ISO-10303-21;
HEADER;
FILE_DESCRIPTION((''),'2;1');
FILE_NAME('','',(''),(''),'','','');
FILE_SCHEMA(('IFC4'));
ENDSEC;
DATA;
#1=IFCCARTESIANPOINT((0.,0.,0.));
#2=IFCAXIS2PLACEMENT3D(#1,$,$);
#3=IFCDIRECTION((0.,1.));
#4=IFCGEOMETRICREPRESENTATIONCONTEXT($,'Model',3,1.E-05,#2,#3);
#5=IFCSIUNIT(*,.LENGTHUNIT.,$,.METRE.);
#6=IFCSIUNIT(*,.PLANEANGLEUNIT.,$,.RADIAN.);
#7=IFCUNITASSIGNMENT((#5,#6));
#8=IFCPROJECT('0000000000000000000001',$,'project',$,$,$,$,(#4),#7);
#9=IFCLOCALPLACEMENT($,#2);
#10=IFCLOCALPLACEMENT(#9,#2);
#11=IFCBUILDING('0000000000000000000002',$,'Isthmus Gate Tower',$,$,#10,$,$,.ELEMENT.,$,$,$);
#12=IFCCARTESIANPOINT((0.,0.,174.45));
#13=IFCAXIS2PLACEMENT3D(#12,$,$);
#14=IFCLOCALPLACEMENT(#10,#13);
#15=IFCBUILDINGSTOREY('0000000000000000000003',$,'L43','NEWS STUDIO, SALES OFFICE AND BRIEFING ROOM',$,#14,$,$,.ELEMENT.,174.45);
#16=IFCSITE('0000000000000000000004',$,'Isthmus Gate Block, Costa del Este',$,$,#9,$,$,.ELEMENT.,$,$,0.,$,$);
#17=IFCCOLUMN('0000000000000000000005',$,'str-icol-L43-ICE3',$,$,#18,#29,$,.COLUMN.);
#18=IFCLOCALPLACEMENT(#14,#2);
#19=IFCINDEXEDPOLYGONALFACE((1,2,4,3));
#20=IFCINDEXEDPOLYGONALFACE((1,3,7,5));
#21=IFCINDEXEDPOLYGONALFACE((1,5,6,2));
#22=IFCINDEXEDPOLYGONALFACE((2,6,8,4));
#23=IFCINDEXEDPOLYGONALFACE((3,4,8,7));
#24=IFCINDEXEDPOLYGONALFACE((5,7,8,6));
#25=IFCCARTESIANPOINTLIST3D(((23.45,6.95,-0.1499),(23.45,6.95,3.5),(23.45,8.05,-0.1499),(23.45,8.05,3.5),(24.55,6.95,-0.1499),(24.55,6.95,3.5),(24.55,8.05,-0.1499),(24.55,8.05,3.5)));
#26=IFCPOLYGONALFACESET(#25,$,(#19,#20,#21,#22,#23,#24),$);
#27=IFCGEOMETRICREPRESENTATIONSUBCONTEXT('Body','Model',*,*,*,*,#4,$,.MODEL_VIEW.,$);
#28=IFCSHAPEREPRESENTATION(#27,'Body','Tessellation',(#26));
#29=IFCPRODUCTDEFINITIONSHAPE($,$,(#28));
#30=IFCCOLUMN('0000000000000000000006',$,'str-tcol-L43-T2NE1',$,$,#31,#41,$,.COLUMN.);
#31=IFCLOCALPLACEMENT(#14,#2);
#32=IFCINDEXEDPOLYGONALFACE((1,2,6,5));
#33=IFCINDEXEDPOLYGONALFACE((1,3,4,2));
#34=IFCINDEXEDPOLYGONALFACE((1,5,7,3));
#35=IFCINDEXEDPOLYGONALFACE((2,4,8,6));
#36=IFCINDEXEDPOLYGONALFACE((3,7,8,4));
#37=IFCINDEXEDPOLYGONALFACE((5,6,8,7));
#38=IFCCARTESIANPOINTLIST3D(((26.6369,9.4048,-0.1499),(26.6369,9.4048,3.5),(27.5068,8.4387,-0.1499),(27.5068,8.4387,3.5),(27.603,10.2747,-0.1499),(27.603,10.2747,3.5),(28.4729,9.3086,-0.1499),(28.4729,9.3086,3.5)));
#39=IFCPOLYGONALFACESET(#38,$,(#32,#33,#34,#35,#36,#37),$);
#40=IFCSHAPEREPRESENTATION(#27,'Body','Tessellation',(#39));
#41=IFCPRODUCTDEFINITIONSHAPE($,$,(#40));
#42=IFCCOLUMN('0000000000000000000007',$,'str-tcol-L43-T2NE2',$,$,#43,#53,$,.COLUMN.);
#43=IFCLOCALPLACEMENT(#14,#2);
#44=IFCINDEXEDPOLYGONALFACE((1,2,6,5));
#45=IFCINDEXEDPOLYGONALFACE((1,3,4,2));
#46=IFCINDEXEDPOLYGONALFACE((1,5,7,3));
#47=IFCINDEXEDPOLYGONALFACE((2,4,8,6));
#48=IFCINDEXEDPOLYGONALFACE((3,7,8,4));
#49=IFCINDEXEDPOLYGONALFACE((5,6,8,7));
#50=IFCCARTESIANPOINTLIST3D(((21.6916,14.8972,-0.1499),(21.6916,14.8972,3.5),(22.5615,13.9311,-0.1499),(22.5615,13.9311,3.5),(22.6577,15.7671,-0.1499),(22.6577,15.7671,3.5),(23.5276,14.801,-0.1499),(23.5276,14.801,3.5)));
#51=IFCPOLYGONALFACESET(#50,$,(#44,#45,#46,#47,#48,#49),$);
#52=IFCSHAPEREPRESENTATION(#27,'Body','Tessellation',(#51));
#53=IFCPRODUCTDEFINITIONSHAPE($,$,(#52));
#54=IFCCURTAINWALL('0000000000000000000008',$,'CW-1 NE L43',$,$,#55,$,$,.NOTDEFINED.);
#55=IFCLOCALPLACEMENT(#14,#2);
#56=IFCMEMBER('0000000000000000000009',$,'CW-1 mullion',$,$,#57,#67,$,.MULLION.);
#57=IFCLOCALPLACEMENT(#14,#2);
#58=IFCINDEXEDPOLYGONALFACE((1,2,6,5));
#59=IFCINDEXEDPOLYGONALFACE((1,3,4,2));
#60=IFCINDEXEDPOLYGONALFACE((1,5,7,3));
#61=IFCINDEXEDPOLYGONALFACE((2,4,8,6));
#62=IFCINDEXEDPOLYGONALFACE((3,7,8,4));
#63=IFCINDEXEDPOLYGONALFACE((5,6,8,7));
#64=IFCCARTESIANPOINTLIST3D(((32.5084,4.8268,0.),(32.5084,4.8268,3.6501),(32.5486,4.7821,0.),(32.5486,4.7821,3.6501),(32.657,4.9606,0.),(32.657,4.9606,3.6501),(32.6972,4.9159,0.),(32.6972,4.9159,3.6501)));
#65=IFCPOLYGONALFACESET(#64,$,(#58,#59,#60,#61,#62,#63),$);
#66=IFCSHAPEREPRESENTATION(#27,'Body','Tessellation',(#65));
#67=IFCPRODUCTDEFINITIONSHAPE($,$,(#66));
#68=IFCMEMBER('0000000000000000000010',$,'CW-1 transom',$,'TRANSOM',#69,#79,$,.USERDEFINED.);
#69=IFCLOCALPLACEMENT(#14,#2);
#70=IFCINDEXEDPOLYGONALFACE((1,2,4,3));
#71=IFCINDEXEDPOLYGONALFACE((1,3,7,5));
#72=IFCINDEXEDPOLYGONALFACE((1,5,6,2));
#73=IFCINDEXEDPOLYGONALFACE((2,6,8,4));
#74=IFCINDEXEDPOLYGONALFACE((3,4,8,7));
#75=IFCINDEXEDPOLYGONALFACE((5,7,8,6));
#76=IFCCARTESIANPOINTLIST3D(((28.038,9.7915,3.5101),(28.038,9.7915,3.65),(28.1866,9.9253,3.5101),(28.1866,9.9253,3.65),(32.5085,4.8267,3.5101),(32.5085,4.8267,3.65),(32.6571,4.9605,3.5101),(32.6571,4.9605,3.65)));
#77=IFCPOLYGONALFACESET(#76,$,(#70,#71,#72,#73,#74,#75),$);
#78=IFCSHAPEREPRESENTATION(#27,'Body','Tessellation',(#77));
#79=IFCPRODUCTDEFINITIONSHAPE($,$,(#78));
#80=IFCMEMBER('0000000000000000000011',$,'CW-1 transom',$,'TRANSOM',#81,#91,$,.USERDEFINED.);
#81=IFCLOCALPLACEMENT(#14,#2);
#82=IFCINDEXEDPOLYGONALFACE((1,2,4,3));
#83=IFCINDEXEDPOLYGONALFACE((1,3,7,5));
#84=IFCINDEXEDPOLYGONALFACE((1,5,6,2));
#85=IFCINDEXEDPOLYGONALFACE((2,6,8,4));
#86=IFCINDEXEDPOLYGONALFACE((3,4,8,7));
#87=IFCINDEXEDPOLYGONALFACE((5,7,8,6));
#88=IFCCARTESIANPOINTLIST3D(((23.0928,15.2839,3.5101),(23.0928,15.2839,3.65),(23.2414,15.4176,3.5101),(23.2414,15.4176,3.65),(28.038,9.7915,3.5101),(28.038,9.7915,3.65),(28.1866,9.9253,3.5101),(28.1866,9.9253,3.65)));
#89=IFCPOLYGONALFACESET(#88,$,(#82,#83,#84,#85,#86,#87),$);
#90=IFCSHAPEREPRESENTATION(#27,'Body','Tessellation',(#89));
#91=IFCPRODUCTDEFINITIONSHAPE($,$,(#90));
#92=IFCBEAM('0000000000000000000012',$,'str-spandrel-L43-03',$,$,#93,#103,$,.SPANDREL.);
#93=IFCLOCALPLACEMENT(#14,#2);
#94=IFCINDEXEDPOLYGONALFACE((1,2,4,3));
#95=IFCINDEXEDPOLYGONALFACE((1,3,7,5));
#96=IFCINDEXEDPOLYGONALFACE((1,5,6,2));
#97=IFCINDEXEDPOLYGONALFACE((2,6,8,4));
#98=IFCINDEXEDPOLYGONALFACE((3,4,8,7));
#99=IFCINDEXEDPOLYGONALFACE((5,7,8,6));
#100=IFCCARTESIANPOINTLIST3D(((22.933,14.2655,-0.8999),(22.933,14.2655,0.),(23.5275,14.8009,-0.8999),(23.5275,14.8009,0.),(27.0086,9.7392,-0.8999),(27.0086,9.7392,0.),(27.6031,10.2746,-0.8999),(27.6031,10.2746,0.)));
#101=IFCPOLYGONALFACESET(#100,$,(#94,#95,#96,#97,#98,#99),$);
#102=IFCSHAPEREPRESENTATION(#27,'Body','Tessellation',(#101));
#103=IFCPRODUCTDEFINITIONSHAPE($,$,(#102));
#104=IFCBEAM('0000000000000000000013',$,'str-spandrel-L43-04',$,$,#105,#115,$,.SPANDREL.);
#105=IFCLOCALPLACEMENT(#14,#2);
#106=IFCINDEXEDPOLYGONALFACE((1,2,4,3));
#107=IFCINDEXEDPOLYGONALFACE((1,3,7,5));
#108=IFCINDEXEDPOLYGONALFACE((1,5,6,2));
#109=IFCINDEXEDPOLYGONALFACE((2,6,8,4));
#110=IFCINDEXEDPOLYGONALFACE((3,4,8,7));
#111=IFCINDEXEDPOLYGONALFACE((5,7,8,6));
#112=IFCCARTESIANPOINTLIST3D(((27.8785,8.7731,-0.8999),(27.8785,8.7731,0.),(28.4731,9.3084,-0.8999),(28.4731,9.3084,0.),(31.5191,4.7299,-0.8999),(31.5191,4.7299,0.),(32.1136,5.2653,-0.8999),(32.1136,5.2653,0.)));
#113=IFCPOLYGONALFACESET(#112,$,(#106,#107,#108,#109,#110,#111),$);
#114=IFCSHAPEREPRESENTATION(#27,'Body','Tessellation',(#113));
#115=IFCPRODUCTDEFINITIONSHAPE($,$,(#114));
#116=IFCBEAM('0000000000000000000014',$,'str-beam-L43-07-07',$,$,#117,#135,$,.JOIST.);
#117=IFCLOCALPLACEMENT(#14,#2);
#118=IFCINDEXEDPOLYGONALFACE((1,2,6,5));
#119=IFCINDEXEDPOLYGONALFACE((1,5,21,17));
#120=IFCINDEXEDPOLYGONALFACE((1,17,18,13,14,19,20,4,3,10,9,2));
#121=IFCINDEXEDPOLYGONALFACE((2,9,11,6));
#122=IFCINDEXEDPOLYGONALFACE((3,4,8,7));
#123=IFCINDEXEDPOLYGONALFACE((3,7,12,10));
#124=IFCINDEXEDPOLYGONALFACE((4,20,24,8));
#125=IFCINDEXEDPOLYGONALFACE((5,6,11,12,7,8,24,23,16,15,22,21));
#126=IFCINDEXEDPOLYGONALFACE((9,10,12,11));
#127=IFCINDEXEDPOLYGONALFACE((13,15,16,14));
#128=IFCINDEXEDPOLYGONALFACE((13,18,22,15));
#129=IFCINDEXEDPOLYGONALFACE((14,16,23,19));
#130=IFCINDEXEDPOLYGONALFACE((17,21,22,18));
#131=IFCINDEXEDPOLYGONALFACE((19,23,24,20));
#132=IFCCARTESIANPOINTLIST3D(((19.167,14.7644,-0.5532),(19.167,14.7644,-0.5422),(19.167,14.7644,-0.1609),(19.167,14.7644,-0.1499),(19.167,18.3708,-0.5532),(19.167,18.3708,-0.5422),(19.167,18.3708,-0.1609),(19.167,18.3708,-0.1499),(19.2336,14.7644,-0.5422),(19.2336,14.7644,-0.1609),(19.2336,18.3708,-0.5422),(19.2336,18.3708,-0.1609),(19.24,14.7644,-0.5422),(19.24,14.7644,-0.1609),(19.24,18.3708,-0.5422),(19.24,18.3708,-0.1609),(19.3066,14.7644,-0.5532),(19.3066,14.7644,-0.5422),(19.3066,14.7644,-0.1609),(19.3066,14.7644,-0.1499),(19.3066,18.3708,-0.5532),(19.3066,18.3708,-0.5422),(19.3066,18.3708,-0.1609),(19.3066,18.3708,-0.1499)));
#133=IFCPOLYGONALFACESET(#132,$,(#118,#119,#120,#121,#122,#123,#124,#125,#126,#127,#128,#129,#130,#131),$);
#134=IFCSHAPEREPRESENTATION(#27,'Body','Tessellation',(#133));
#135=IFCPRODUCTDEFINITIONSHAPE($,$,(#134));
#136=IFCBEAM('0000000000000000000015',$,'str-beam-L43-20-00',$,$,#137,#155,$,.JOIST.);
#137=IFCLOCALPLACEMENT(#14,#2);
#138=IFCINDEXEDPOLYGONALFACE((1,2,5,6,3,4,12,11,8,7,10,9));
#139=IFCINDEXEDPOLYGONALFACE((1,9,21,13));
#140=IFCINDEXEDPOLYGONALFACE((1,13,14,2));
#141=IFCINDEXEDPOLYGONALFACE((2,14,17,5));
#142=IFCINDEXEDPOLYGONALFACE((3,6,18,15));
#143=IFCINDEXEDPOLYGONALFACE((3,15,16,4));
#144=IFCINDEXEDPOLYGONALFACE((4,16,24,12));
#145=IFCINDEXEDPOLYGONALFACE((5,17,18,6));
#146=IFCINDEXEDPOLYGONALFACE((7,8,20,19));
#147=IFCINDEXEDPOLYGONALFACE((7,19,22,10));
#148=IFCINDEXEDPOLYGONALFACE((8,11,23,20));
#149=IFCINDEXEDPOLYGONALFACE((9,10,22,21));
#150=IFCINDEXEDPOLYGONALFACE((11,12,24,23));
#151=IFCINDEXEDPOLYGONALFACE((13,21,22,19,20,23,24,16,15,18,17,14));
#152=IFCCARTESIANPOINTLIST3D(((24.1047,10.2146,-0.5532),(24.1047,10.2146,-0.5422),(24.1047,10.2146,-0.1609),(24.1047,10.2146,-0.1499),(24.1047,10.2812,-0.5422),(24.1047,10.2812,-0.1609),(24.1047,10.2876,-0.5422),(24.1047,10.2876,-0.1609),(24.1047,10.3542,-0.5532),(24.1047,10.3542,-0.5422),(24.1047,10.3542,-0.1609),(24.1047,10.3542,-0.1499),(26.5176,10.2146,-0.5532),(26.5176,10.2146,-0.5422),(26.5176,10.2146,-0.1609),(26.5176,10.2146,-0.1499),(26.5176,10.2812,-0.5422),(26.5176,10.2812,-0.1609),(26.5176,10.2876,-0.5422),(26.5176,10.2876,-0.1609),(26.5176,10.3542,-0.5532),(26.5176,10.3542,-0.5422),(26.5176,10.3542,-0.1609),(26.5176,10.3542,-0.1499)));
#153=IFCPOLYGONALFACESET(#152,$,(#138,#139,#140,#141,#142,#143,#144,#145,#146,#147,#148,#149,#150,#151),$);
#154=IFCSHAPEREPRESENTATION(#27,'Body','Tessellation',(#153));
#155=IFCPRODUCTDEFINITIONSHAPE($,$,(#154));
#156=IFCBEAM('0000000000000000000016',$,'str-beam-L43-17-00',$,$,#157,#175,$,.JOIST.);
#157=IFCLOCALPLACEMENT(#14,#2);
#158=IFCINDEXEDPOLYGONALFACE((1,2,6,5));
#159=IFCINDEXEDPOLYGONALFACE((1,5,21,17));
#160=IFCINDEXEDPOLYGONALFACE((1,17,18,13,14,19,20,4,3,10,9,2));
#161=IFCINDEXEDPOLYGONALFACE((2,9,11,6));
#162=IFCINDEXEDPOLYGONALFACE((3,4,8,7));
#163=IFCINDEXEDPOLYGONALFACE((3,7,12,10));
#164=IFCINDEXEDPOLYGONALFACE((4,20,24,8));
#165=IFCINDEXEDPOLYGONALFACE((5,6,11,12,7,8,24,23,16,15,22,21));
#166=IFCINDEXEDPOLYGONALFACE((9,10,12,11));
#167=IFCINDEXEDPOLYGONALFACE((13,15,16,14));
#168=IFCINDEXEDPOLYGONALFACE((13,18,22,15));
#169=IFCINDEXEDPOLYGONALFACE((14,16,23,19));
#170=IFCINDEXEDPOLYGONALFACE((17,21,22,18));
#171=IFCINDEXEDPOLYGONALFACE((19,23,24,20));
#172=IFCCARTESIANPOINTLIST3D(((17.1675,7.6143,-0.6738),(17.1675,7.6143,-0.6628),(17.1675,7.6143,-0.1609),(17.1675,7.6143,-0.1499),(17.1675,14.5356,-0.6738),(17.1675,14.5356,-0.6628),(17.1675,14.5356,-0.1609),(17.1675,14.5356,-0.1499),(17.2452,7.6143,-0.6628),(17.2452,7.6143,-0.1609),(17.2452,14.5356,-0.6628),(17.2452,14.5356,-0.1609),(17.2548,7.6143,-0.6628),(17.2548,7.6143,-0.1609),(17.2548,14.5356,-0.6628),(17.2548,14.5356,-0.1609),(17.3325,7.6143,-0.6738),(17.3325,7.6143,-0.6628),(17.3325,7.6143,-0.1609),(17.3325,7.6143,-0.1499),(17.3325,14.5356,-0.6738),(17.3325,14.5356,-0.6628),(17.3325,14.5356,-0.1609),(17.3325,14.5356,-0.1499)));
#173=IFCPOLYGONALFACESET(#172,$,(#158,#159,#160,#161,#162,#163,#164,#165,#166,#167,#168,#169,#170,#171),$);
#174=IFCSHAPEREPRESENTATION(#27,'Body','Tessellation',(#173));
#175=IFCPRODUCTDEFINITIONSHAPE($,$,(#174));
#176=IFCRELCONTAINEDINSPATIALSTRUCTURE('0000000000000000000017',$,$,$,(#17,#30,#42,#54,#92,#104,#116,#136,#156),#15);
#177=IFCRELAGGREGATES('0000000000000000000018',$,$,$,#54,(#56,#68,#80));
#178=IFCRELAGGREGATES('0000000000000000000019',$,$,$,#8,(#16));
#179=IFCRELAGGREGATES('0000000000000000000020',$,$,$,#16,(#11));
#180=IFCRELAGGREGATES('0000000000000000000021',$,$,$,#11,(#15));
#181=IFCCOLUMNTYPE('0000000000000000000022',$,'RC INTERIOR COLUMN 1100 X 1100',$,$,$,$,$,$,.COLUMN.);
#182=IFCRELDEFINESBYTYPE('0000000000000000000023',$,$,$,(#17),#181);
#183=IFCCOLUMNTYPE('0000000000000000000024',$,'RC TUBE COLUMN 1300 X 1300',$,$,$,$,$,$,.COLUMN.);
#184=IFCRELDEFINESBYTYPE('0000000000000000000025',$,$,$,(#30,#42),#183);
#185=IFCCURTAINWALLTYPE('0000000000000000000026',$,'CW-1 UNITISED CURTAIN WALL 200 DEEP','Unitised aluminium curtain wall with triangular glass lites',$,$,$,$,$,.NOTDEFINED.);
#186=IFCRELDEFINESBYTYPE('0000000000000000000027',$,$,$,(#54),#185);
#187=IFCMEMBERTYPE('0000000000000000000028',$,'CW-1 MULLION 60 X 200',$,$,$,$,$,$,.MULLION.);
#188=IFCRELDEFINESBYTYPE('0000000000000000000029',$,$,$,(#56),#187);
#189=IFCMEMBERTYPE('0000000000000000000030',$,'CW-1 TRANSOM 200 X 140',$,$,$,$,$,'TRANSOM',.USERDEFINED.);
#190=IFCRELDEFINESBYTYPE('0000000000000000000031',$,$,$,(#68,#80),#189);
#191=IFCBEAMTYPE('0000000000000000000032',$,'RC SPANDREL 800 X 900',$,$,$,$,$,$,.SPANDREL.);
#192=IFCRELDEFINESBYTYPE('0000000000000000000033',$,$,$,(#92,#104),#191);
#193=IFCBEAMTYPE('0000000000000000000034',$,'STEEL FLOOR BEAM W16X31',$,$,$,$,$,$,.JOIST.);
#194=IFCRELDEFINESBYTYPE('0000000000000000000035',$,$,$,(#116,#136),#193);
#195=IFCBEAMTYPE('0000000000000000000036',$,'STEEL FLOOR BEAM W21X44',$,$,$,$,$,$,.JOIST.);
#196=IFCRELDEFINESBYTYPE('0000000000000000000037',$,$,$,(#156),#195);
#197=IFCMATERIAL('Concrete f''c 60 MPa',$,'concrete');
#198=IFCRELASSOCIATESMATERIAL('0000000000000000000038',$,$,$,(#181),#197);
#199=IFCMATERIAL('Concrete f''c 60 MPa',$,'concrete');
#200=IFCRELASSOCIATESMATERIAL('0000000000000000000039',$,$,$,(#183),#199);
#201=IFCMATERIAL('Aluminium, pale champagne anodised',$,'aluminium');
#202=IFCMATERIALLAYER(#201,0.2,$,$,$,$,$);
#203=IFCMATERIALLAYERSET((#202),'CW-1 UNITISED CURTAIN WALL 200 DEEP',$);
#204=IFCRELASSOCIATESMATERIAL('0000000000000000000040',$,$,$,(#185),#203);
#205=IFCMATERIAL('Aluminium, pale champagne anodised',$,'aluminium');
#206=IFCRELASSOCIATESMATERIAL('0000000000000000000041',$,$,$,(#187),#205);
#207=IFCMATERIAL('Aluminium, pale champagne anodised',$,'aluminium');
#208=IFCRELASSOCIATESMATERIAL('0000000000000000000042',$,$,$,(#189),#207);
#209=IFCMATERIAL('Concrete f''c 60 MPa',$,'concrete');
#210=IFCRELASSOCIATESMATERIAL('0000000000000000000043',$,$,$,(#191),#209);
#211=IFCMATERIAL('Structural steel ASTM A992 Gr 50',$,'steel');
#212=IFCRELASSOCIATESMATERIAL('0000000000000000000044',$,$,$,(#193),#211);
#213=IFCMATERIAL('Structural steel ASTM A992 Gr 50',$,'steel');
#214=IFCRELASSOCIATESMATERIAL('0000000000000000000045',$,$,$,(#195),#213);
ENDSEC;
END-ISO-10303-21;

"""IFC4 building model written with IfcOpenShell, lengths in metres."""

from ifc_helpers import new_model, si_unit, direction, frame, origin, origin_2d, place, context, subcontext, project, spatial, rectangle, i_section, extrude, material, layer, layer_set, material_profile, profile_set, type_object, element, aggregate, save


model = new_model("IFC4")

# Units and contexts
model_context = context("Model", 3, precision=1e-05, world=origin(), true_north=direction((0.0, 1.0)))
body_context = subcontext(model_context, "Body", "Model", "MODEL_VIEW")
ifc_project = project(units=[si_unit("LENGTHUNIT", "METRE"), si_unit("PLANEANGLEUNIT", "RADIAN")], contexts=[model_context])

# Site, building, storey
site_placement = place(None, origin())
site = spatial("IfcSite", under=ifc_project, at=site_placement, Name="Isthmus Gate Block, Costa del Este", CompositionType="ELEMENT", RefElevation=0.0)
building_placement = place(site_placement, origin())
building = spatial("IfcBuilding", under=site, at=building_placement, Name="Isthmus Gate Tower", CompositionType="ELEMENT")
storey_placement = place(building_placement, frame((0.0, 0.0, 174.45)))
storey = spatial("IfcBuildingStorey", under=building, at=storey_placement, Name="L43", Description="NEWS STUDIO, SALES OFFICE AND BRIEFING ROOM", CompositionType="ELEMENT", Elevation=174.45)

# Columns
ifc_material_1 = material(Name="Concrete f'c 60 MPa", Category="concrete")
ifc_material_profile_1 = material_profile(ifc_material_1, rectangle(XDim=1.1001, YDim=1.1001, at=origin_2d()), Name="RC 1100X1100")
ifc_profile_set_1 = profile_set([ifc_material_profile_1], Name="Concrete f'c 60 MPa")
column_type_1 = type_object("IfcColumnType", Name="RC INTERIOR COLUMN 1100 X 1100", PredefinedType="COLUMN", material=ifc_profile_set_1)
column_placement = place(storey_placement, frame((24.0, 7.5, -0.1499), z_axis=(0.0, 0.0, 1.0), x_axis=(1.0, 0.0, 0.0)))
element("IfcColumn", 1, at=column_placement, inside=storey, type_object=column_type_1, Name="str-icol-L43-ICE3", PredefinedType="COLUMN", context=body_context, shape_type="SweptSolid", body=[
    extrude(rectangle(XDim=1.1001, YDim=1.1001, at=origin_2d()), origin(), (0.0, 0.0, 1.0), 3.6499),
])
ifc_material_2 = material(Name="Concrete f'c 60 MPa", Category="concrete")
ifc_material_profile_2 = material_profile(ifc_material_2, rectangle(XDim=1.3, YDim=1.3, at=origin_2d()), Name="RC 1300X1300")
ifc_profile_set_2 = profile_set([ifc_material_profile_2], Name="Concrete f'c 60 MPa")
column_type_2 = type_object("IfcColumnType", Name="RC TUBE COLUMN 1300 X 1300", PredefinedType="COLUMN", material=ifc_profile_set_2)
for number, where, z_axis, x_axis, name in (
    (2, (27.5549, 9.3567, -0.1499), (0.0, 0.0, 1.0), (-0.669131, 0.743145, 0.0), "str-tcol-L43-T2NE1"),
    (3, (22.6096, 14.8491, -0.1499), (0.0, 0.0, 1.0), (-0.669131, 0.743145, 0.0), "str-tcol-L43-T2NE2"),
):
    element("IfcColumn", number, at=place(storey_placement, frame(where, z_axis=z_axis, x_axis=x_axis)), inside=storey, type_object=column_type_2, Name=name, PredefinedType="COLUMN", context=body_context, shape_type="SweptSolid", body=[
        extrude(rectangle(XDim=1.3, YDim=1.3, at=origin_2d()), origin(), (0.0, 0.0, 1.0), 3.6499),
    ])

# Curtain wall, members
ifc_material_3 = material(Name="Aluminium, pale champagne anodised", Category="aluminium")
ifc_layer_1 = layer(ifc_material_3, 0.2)
ifc_layer_set_1 = layer_set([ifc_layer_1], Name="CW-1 UNITISED CURTAIN WALL 200 DEEP")
curtain_wall_type = type_object("IfcCurtainWallType", Name="CW-1 UNITISED CURTAIN WALL 200 DEEP", Description="Unitised aluminium curtain wall with triangular glass lites", PredefinedType="NOTDEFINED", material=ifc_layer_set_1)
curtain_wall_placement = place(storey_placement, origin())
curtain_wall = element("IfcCurtainWall", 4, at=curtain_wall_placement, inside=storey, type_object=curtain_wall_type, Name="CW-1 NE L43", PredefinedType="NOTDEFINED")
ifc_material_4 = material(Name="Aluminium, pale champagne anodised", Category="aluminium")
ifc_material_profile_3 = material_profile(ifc_material_4, rectangle(XDim=0.0601, YDim=0.2, at=origin_2d()), Name="60x200")
ifc_profile_set_3 = profile_set([ifc_material_profile_3], Name="Aluminium, pale champagne anodised")
member_type_1 = type_object("IfcMemberType", Name="CW-1 MULLION 60 X 200", PredefinedType="MULLION", material=ifc_profile_set_3)
member_1_placement = place(storey_placement, frame((32.6028, 4.8713, 0.0), z_axis=(0.0, 0.0, 1.0), x_axis=(-0.669131, 0.743145, 0.0)))
member_1 = element("IfcMember", 5, at=member_1_placement, type_object=member_type_1, Name="CW-1 mullion", PredefinedType="MULLION", context=body_context, shape_type="SweptSolid", body=[
    extrude(rectangle(XDim=0.0601, YDim=0.2, at=origin_2d()), origin(), (0.0, 0.0, 1.0), 3.6501),
])
ifc_material_5 = material(Name="Aluminium, pale champagne anodised", Category="aluminium")
ifc_material_profile_4 = material_profile(ifc_material_5, rectangle(XDim=0.2, YDim=0.1399, at=origin_2d()), Name="200x140")
ifc_profile_set_4 = profile_set([ifc_material_profile_4], Name="Aluminium, pale champagne anodised")
member_type_2 = type_object("IfcMemberType", Name="CW-1 TRANSOM 200 X 140", ElementType="TRANSOM", PredefinedType="USERDEFINED", material=ifc_profile_set_4)
member_2_placement = place(storey_placement, frame((32.5828, 4.8936, 3.5801), z_axis=(-0.669138, 0.743138, 0.0), x_axis=(-0.743138, -0.669138, 0.0)))
member_2 = element("IfcMember", 6, at=member_2_placement, type_object=member_type_2, Name="CW-1 transom", ObjectType="TRANSOM", PredefinedType="USERDEFINED", context=body_context, shape_type="SweptSolid", body=[
    extrude(rectangle(XDim=0.2, YDim=0.1399, at=origin_2d()), origin(), (0.0, 0.0, 1.0), 6.6809),
])
member_3_placement = place(storey_placement, frame((28.1123, 9.8584, 3.5801), z_axis=(-0.669123, 0.743151, 0.0), x_axis=(-0.743151, -0.669123, 0.0)))
member_3 = element("IfcMember", 7, at=member_3_placement, type_object=member_type_2, Name="CW-1 transom", ObjectType="TRANSOM", PredefinedType="USERDEFINED", context=body_context, shape_type="SweptSolid", body=[
    extrude(rectangle(XDim=0.2, YDim=0.1399, at=origin_2d()), origin(), (0.0, 0.0, 1.0), 7.3906),
])

# Beams
ifc_material_6 = material(Name="Concrete f'c 60 MPa", Category="concrete")
ifc_material_profile_5 = material_profile(ifc_material_6, rectangle(XDim=0.8, YDim=0.8999, at=origin_2d()), Name="RC 800X900")
ifc_profile_set_5 = profile_set([ifc_material_profile_5], Name="Concrete f'c 60 MPa")
beam_type_1 = type_object("IfcBeamType", Name="RC SPANDREL 800 X 900", PredefinedType="SPANDREL", material=ifc_profile_set_5)
beam_1_placement = place(storey_placement, frame((23.2302, 14.5332, -0.45), z_axis=(0.669142, -0.743135, 0.0), x_axis=(0.743135, 0.669142, 0.0)))
element("IfcBeam", 8, at=beam_1_placement, inside=storey, type_object=beam_type_1, Name="str-spandrel-L43-03", PredefinedType="SPANDREL", context=body_context, shape_type="SweptSolid", body=[
    extrude(rectangle(XDim=0.8, YDim=0.8999, at=origin_2d()), origin(), (0.0, 0.0, 1.0), 6.0908),
])
beam_2_placement = place(storey_placement, frame((28.1758, 9.0408, -0.45), z_axis=(0.669141, -0.743136, 0.0), x_axis=(0.743136, 0.669141, 0.0)))
element("IfcBeam", 9, at=beam_2_placement, inside=storey, type_object=beam_type_1, Name="str-spandrel-L43-04", PredefinedType="SPANDREL", context=body_context, shape_type="SweptSolid", body=[
    extrude(rectangle(XDim=0.8, YDim=0.8999, at=origin_2d()), origin(), (0.0, 0.0, 1.0), 5.4407),
])
ifc_material_7 = material(Name="Structural steel ASTM A992 Gr 50", Category="steel")
ifc_material_profile_6 = material_profile(ifc_material_7, i_section(OverallWidth=0.1396, OverallDepth=0.4033, WebThickness=0.0063, FlangeThickness=0.011, at=origin_2d()), Name="W16X31")
ifc_profile_set_6 = profile_set([ifc_material_profile_6], Name="Structural steel ASTM A992 Gr 50")
beam_type_2 = type_object("IfcBeamType", Name="STEEL FLOOR BEAM W16X31", PredefinedType="JOIST", material=ifc_profile_set_6)
beam_3_placement = place(storey_placement, frame((19.2368, 14.7644, -0.3516), z_axis=(0.0, 1.0, 0.0), x_axis=(-1.0, 0.0, 0.0)))
element("IfcBeam", 10, at=beam_3_placement, inside=storey, type_object=beam_type_2, Name="str-beam-L43-07-07", PredefinedType="JOIST", context=body_context, shape_type="SweptSolid", body=[
    extrude(i_section(OverallWidth=0.1396, OverallDepth=0.4033, WebThickness=0.0063, FlangeThickness=0.011, at=origin_2d()), origin(), (0.0, 0.0, 1.0), 3.6064),
])
beam_4_placement = place(storey_placement, frame((24.1047, 10.2844, -0.3516), z_axis=(1.0, 0.0, 0.0), x_axis=(0.0, 1.0, 0.0)))
element("IfcBeam", 11, at=beam_4_placement, inside=storey, type_object=beam_type_2, Name="str-beam-L43-20-00", PredefinedType="JOIST", context=body_context, shape_type="SweptSolid", body=[
    extrude(i_section(OverallWidth=0.1396, OverallDepth=0.4033, WebThickness=0.0063, FlangeThickness=0.011, at=origin_2d()), origin(), (0.0, 0.0, 1.0), 2.4128),
])
ifc_material_8 = material(Name="Structural steel ASTM A992 Gr 50", Category="steel")
ifc_material_profile_7 = material_profile(ifc_material_8, i_section(OverallWidth=0.165, OverallDepth=0.5239, WebThickness=0.0095, FlangeThickness=0.011, at=origin_2d()), Name="W21X44")
ifc_profile_set_7 = profile_set([ifc_material_profile_7], Name="Structural steel ASTM A992 Gr 50")
beam_type_3 = type_object("IfcBeamType", Name="STEEL FLOOR BEAM W21X44", PredefinedType="JOIST", material=ifc_profile_set_7)
for number, where, z_axis, x_axis, name in (
    (12, (17.25, 7.6143, -0.4119), (0.0, 1.0, 0.0), (-1.0, 0.0, 0.0), "str-beam-L43-17-00"),
):
    element("IfcBeam", number, at=place(storey_placement, frame(where, z_axis=z_axis, x_axis=x_axis)), inside=storey, type_object=beam_type_3, Name=name, PredefinedType="JOIST", context=body_context, shape_type="SweptSolid", body=[
        extrude(i_section(OverallWidth=0.165, OverallDepth=0.5239, WebThickness=0.0095, FlangeThickness=0.011, at=origin_2d()), origin(), (0.0, 0.0, 1.0), 6.9214),
    ])

aggregate(curtain_wall, [member_1, member_2, member_3])

save(model, "model.ifc")
